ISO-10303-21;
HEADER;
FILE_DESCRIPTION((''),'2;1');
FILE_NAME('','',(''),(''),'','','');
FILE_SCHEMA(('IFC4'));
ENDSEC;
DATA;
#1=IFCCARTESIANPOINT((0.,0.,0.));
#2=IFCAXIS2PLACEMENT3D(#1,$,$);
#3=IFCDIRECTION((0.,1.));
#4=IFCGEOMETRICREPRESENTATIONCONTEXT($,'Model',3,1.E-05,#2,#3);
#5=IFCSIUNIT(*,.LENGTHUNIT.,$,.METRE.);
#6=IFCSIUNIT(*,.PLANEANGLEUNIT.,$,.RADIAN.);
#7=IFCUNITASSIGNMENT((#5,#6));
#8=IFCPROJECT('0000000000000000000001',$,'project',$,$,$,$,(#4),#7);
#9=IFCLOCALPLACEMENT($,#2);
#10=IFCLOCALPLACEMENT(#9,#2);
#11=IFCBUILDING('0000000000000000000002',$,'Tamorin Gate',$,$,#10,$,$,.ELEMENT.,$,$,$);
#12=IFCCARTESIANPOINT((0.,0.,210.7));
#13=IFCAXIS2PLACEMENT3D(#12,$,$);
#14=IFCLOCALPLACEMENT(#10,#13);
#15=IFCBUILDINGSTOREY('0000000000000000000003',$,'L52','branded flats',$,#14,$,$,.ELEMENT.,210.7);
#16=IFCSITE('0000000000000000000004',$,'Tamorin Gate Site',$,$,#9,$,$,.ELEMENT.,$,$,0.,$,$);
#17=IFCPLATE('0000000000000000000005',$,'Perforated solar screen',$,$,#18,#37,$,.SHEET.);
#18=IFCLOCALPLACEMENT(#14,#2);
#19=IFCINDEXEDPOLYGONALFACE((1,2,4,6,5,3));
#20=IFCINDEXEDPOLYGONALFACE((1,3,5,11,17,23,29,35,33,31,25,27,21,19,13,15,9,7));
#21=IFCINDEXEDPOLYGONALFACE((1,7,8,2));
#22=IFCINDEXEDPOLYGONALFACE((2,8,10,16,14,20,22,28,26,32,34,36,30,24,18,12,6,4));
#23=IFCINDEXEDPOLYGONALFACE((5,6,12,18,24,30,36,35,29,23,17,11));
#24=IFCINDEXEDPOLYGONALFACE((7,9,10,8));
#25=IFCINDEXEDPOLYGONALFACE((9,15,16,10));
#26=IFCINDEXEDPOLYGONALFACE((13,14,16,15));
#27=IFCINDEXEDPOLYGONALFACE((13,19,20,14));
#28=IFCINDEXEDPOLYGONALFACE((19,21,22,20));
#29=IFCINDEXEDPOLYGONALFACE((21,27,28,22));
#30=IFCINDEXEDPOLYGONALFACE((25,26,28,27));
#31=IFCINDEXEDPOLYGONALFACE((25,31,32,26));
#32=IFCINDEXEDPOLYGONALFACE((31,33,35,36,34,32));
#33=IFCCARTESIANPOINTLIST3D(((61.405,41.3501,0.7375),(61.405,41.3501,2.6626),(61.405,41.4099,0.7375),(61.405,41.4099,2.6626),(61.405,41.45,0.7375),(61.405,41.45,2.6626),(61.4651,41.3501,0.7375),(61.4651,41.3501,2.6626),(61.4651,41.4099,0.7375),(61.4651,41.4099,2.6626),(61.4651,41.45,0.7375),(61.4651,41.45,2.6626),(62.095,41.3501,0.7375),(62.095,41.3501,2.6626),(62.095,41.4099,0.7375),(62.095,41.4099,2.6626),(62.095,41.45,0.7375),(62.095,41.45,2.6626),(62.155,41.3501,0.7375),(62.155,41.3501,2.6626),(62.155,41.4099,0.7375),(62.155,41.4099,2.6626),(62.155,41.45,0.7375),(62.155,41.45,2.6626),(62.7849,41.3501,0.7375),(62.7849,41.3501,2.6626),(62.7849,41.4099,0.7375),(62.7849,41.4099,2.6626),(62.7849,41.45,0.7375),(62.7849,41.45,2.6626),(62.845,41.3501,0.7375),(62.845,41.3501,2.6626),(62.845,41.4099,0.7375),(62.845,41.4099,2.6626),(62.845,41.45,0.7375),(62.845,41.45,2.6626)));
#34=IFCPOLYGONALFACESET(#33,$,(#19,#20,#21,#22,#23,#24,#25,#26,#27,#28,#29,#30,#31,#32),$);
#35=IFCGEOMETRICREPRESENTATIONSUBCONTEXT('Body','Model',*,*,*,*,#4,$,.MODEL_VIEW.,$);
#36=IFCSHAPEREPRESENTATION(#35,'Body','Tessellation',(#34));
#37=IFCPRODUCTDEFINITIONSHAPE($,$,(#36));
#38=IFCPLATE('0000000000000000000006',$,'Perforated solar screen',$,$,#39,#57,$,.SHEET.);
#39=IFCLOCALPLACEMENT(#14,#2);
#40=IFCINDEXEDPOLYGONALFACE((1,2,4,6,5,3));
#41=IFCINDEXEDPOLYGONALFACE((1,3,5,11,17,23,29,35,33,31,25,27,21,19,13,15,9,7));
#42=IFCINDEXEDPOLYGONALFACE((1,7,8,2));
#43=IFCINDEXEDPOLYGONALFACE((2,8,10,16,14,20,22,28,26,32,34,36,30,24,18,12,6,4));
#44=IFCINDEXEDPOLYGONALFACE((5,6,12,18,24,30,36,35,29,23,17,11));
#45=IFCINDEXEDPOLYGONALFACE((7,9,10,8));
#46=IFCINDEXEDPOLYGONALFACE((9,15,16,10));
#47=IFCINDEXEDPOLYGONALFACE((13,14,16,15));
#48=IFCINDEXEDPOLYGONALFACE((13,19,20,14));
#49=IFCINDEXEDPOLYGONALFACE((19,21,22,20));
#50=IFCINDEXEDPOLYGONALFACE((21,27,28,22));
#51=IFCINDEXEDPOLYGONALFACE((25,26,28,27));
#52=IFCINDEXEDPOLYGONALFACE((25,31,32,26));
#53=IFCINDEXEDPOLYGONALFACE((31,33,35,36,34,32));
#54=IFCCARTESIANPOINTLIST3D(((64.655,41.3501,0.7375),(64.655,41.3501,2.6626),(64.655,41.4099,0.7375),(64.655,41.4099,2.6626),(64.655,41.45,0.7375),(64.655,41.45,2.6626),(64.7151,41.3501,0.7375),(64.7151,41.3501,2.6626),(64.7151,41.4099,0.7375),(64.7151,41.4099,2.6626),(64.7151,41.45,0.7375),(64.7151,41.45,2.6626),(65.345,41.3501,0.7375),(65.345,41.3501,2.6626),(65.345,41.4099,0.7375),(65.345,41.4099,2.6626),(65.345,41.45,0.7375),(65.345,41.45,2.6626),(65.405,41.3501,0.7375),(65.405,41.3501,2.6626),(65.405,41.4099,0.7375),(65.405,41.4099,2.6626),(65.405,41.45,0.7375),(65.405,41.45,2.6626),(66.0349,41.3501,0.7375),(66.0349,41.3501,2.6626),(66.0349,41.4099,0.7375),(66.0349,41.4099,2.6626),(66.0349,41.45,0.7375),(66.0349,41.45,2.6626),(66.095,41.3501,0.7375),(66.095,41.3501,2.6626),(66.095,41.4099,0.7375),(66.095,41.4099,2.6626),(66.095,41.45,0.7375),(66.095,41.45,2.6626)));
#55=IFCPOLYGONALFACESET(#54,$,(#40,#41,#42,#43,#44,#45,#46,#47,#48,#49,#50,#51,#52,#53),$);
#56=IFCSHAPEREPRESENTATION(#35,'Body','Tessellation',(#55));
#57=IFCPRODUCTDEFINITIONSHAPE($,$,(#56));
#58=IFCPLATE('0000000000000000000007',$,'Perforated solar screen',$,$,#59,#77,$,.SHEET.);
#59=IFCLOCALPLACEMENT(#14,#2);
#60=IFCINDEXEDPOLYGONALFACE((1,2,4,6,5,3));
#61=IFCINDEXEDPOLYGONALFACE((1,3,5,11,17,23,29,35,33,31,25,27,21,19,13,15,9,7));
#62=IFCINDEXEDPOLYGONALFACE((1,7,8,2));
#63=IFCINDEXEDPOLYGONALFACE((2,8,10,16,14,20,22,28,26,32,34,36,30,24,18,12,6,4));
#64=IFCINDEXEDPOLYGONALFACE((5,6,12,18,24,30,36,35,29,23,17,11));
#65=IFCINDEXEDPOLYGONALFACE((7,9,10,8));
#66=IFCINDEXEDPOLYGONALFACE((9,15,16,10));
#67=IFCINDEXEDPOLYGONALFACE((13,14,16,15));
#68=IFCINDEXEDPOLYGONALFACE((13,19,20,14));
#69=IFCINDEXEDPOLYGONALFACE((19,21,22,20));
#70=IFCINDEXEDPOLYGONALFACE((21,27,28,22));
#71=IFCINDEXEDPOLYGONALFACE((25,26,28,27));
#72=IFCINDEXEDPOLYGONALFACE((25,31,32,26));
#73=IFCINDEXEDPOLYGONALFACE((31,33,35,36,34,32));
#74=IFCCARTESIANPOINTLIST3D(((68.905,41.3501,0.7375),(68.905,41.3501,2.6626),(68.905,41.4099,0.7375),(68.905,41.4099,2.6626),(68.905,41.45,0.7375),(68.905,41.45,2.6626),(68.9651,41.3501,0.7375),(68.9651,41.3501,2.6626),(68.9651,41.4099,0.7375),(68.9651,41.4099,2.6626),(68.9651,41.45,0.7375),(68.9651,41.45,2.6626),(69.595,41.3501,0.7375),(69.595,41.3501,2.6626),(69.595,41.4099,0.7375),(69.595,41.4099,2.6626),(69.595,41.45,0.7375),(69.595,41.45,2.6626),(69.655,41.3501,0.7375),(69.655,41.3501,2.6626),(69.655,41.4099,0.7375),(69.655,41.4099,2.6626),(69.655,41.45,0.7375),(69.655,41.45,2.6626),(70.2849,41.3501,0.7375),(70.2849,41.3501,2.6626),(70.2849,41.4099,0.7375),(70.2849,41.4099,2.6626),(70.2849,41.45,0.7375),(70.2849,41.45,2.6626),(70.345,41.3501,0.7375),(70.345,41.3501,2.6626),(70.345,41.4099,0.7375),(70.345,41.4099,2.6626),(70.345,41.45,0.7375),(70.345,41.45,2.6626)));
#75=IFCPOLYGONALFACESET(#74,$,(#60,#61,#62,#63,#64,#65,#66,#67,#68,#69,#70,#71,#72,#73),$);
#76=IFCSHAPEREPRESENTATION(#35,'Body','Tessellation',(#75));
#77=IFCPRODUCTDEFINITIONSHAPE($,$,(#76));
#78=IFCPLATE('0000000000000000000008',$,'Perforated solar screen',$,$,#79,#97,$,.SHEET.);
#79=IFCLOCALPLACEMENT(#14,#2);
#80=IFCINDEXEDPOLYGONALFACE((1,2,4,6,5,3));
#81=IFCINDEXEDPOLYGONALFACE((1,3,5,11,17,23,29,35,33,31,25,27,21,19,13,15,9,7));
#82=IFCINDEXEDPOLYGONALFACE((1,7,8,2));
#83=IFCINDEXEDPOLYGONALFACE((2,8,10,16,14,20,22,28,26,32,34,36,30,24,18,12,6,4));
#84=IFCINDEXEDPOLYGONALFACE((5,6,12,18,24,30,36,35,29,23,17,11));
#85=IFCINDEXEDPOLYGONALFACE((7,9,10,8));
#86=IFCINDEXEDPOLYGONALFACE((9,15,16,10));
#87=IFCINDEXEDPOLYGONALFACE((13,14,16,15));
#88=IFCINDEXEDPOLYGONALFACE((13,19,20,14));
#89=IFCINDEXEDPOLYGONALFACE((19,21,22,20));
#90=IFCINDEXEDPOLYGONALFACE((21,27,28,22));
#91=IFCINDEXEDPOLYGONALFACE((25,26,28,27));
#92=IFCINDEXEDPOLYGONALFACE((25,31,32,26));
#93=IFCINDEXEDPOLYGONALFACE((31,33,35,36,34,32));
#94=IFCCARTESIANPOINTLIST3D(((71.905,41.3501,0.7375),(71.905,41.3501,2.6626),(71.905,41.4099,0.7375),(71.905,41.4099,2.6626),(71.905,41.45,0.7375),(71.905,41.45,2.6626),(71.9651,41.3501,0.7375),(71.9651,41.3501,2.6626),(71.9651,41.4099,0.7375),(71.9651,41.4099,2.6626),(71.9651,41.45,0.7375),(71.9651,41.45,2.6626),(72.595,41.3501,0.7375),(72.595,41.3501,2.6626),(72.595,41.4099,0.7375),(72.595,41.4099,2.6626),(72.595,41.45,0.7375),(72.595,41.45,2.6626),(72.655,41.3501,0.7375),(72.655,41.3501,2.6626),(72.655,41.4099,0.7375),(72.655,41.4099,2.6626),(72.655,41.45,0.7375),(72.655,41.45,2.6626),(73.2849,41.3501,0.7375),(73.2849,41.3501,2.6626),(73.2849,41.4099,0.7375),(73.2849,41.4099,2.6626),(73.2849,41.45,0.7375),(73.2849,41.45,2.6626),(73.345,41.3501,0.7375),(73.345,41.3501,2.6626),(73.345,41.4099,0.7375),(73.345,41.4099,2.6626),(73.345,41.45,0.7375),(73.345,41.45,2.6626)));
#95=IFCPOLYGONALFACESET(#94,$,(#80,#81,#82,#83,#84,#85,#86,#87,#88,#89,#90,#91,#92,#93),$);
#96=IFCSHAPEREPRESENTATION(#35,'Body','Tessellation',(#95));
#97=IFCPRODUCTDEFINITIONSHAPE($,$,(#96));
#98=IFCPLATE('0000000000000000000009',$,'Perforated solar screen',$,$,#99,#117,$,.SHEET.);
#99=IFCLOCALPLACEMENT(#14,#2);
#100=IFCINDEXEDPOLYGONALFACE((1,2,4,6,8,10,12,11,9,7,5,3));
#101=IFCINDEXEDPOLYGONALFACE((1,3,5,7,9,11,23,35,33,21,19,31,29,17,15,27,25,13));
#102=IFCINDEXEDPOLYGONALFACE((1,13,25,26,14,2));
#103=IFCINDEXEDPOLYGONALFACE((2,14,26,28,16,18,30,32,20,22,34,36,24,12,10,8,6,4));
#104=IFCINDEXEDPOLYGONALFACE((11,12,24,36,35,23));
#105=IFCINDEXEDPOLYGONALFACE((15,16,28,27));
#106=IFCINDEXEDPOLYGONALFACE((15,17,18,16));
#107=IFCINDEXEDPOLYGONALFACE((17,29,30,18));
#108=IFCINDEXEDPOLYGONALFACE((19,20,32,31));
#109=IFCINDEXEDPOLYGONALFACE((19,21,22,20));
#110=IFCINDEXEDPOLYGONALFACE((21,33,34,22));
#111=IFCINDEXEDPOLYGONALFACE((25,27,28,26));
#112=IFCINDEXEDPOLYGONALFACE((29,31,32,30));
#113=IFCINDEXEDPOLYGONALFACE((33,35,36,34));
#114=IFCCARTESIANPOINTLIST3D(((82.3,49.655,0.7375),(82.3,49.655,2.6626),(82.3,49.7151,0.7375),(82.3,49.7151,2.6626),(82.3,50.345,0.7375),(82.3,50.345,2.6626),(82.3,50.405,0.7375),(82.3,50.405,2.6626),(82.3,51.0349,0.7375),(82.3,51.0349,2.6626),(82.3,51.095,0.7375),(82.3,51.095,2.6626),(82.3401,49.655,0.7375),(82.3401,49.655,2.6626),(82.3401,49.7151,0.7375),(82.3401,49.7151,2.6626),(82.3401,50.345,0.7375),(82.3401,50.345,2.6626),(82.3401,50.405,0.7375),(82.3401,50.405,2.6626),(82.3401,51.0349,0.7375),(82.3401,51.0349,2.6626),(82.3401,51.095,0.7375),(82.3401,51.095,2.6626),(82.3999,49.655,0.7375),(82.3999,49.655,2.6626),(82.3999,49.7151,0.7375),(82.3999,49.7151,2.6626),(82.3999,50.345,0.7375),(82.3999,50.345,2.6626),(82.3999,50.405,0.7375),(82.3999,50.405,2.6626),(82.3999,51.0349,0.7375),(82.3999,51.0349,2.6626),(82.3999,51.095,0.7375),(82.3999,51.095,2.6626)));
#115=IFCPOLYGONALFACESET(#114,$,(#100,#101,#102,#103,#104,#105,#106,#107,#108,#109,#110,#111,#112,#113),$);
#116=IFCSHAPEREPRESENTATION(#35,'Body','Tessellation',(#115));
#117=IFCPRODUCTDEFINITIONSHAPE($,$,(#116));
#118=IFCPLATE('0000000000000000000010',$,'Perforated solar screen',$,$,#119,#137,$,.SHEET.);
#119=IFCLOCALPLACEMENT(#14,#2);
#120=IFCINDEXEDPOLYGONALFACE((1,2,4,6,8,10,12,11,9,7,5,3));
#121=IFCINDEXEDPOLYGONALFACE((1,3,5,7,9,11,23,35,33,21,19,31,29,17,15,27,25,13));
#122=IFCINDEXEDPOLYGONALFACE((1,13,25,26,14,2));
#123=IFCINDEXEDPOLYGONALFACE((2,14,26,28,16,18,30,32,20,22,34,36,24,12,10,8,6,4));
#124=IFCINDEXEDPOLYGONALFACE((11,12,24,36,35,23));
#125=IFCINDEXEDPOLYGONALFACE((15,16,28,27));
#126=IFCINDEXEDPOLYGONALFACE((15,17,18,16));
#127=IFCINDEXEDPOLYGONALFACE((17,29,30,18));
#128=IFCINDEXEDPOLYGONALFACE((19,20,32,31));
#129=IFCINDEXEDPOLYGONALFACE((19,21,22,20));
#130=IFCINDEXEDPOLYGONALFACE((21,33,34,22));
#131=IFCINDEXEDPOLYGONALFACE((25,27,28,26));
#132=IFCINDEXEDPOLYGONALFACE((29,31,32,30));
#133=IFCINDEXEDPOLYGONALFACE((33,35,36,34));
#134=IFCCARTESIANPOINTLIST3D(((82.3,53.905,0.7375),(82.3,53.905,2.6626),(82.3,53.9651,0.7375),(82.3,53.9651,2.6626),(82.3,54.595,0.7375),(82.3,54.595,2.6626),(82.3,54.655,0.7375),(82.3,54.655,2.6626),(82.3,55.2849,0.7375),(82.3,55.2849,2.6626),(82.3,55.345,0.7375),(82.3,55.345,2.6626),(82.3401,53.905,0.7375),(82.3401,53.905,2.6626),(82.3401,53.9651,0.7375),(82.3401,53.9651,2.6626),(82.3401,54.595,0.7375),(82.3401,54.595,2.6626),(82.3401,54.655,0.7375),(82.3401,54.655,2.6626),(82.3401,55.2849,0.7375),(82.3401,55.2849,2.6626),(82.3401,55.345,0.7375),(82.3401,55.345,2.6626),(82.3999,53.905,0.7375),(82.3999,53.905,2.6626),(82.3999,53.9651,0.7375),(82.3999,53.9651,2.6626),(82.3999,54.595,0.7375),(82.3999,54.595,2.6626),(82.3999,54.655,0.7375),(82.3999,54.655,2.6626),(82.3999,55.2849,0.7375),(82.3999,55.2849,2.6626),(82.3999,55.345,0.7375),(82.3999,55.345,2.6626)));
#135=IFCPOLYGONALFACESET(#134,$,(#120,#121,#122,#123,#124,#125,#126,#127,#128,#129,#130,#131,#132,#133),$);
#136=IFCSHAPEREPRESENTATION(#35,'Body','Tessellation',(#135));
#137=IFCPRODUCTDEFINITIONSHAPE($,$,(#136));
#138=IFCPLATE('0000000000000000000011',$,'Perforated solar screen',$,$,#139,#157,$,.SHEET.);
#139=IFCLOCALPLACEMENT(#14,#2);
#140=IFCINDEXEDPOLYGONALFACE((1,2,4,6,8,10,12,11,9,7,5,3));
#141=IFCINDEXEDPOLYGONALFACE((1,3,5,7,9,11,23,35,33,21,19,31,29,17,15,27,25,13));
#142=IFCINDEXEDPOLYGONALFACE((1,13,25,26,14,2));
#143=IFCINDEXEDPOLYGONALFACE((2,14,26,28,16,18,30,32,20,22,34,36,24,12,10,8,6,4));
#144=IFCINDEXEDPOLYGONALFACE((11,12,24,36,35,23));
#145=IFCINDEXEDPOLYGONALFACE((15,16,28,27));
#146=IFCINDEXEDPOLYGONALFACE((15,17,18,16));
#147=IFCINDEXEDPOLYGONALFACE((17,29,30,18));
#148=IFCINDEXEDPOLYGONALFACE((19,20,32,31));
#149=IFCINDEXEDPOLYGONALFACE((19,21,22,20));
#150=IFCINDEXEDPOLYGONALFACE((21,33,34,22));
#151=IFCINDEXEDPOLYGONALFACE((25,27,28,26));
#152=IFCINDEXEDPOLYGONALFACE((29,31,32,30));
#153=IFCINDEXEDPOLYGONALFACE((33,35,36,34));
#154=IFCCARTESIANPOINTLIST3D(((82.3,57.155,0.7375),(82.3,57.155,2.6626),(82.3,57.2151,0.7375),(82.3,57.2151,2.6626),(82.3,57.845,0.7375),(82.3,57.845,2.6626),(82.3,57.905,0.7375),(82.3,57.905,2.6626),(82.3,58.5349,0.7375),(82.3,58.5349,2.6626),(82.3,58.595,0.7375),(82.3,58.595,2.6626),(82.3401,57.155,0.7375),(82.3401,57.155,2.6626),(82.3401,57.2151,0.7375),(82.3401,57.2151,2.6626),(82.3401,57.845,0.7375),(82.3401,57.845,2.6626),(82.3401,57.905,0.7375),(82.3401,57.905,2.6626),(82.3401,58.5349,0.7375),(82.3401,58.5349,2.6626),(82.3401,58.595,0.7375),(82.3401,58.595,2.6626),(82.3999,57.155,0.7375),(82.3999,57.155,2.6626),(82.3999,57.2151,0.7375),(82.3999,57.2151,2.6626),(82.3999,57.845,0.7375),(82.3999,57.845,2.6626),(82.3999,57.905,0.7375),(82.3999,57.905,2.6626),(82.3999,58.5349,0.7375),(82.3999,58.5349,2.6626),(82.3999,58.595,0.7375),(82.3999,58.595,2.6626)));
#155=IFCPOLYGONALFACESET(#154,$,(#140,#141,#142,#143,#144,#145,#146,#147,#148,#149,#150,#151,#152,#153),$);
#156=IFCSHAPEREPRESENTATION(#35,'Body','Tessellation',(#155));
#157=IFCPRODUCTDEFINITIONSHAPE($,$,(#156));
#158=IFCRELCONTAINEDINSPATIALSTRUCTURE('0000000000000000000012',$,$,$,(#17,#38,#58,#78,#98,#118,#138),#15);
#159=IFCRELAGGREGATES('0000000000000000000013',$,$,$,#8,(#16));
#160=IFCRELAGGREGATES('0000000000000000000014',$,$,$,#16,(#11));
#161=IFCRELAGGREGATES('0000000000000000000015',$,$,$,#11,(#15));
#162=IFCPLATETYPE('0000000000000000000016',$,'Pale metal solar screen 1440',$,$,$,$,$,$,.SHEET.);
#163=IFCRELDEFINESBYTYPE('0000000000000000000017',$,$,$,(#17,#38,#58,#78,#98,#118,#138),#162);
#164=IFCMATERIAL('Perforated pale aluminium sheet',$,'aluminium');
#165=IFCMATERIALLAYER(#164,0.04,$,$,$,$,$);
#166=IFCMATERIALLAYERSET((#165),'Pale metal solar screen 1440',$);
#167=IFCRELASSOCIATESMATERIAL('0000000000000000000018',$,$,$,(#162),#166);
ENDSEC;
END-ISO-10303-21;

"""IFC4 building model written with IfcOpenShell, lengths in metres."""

from ifc_helpers import new_model, si_unit, direction, frame, origin, place, context, subcontext, project, spatial, polyline, outline, extrude, material, layer, layer_set, type_object, element, save


model = new_model("IFC4")

# Units and contexts
model_context = context("Model", 3, precision=1e-05, world=origin(), true_north=direction((0.0, 1.0)))
body_context = subcontext(model_context, "Body", "Model", "MODEL_VIEW")
ifc_project = project(units=[si_unit("LENGTHUNIT", "METRE"), si_unit("PLANEANGLEUNIT", "RADIAN")], contexts=[model_context])

# Site, building, storey
site_placement = place(None, origin())
site = spatial("IfcSite", under=ifc_project, at=site_placement, Name="Tamorin Gate Site", CompositionType="ELEMENT", RefElevation=0.0)
building_placement = place(site_placement, origin())
building = spatial("IfcBuilding", under=site, at=building_placement, Name="Tamorin Gate", CompositionType="ELEMENT")
storey_placement = place(building_placement, frame((0.0, 0.0, 210.7)))
storey = spatial("IfcBuildingStorey", under=building, at=storey_placement, Name="L52", Description="branded flats", CompositionType="ELEMENT", Elevation=210.7)

# Plates
ifc_material_1 = material(Name="Perforated pale aluminium sheet", Category="aluminium")
ifc_layer_1 = layer(ifc_material_1, 0.04)
ifc_layer_set_1 = layer_set([ifc_layer_1], Name="Pale metal solar screen 1440")
plate_type_1 = type_object("IfcPlateType", Name="Pale metal solar screen 1440", PredefinedType="SHEET", material=ifc_layer_set_1)
plate_1_placement = place(storey_placement, frame((0.0, 0.0, 0.7375)))
element("IfcPlate", 1, at=plate_1_placement, inside=storey, type_object=plate_type_1, Name="Perforated solar screen", PredefinedType="SHEET", context=body_context, shape_type="SweptSolid", body=[
    extrude(outline(polyline([(61.405, 41.4099), (61.405, 41.45), (61.4651, 41.45), (62.095, 41.45), (62.155, 41.45), (62.7849, 41.45), (62.845, 41.45), (62.845, 41.4099), (62.845, 41.3501), (62.7849, 41.3501), (62.7849, 41.4099), (62.155, 41.4099), (62.155, 41.3501), (62.095, 41.3501), (62.095, 41.4099), (61.4651, 41.4099), (61.4651, 41.3501), (61.405, 41.3501), (61.405, 41.4099)])), origin(), (0.0, 0.0, 1.0), 1.925),
])
plate_2_placement = place(storey_placement, frame((0.0, 0.0, 0.7375)))
element("IfcPlate", 2, at=plate_2_placement, inside=storey, type_object=plate_type_1, Name="Perforated solar screen", PredefinedType="SHEET", context=body_context, shape_type="SweptSolid", body=[
    extrude(outline(polyline([(64.655, 41.4099), (64.655, 41.45), (64.7151, 41.45), (65.345, 41.45), (65.405, 41.45), (66.0349, 41.45), (66.095, 41.45), (66.095, 41.4099), (66.095, 41.3501), (66.0349, 41.3501), (66.0349, 41.4099), (65.405, 41.4099), (65.405, 41.3501), (65.345, 41.3501), (65.345, 41.4099), (64.7151, 41.4099), (64.7151, 41.3501), (64.655, 41.3501), (64.655, 41.4099)])), origin(), (0.0, 0.0, 1.0), 1.925),
])
plate_3_placement = place(storey_placement, frame((0.0, 0.0, 0.7375)))
element("IfcPlate", 3, at=plate_3_placement, inside=storey, type_object=plate_type_1, Name="Perforated solar screen", PredefinedType="SHEET", context=body_context, shape_type="SweptSolid", body=[
    extrude(outline(polyline([(68.905, 41.4099), (68.905, 41.45), (68.9651, 41.45), (69.595, 41.45), (69.655, 41.45), (70.2849, 41.45), (70.345, 41.45), (70.345, 41.4099), (70.345, 41.3501), (70.2849, 41.3501), (70.2849, 41.4099), (69.655, 41.4099), (69.655, 41.3501), (69.595, 41.3501), (69.595, 41.4099), (68.9651, 41.4099), (68.9651, 41.3501), (68.905, 41.3501), (68.905, 41.4099)])), origin(), (0.0, 0.0, 1.0), 1.925),
])
plate_4_placement = place(storey_placement, frame((0.0, 0.0, 0.7375)))
element("IfcPlate", 4, at=plate_4_placement, inside=storey, type_object=plate_type_1, Name="Perforated solar screen", PredefinedType="SHEET", context=body_context, shape_type="SweptSolid", body=[
    extrude(outline(polyline([(71.905, 41.4099), (71.905, 41.45), (71.9651, 41.45), (72.595, 41.45), (72.655, 41.45), (73.2849, 41.45), (73.345, 41.45), (73.345, 41.4099), (73.345, 41.3501), (73.2849, 41.3501), (73.2849, 41.4099), (72.655, 41.4099), (72.655, 41.3501), (72.595, 41.3501), (72.595, 41.4099), (71.9651, 41.4099), (71.9651, 41.3501), (71.905, 41.3501), (71.905, 41.4099)])), origin(), (0.0, 0.0, 1.0), 1.925),
])
plate_5_placement = place(storey_placement, frame((0.0, 0.0, 0.7375)))
element("IfcPlate", 5, at=plate_5_placement, inside=storey, type_object=plate_type_1, Name="Perforated solar screen", PredefinedType="SHEET", context=body_context, shape_type="SweptSolid", body=[
    extrude(outline(polyline([(82.3401, 49.655), (82.3, 49.655), (82.3, 49.7151), (82.3, 50.345), (82.3, 50.405), (82.3, 51.0349), (82.3, 51.095), (82.3, 51.095), (82.3401, 51.095), (82.3401, 51.095), (82.3999, 51.095), (82.3999, 51.0349), (82.3401, 51.0349), (82.3401, 50.405), (82.3999, 50.405), (82.3999, 50.345), (82.3401, 50.345), (82.3401, 49.7151), (82.3999, 49.7151), (82.3999, 49.655), (82.3401, 49.655)])), origin(), (0.0, 0.0, 1.0), 1.925),
])
plate_6_placement = place(storey_placement, frame((0.0, 0.0, 0.7375)))
element("IfcPlate", 6, at=plate_6_placement, inside=storey, type_object=plate_type_1, Name="Perforated solar screen", PredefinedType="SHEET", context=body_context, shape_type="SweptSolid", body=[
    extrude(outline(polyline([(82.3401, 53.905), (82.3, 53.905), (82.3, 53.9651), (82.3, 54.595), (82.3, 54.655), (82.3, 55.2849), (82.3, 55.345), (82.3401, 55.345), (82.3999, 55.345), (82.3999, 55.2849), (82.3401, 55.2849), (82.3401, 54.655), (82.3999, 54.655), (82.3999, 54.595), (82.3401, 54.595), (82.3401, 53.9651), (82.3999, 53.9651), (82.3999, 53.905), (82.3401, 53.905)])), origin(), (0.0, 0.0, 1.0), 1.925),
])
plate_7_placement = place(storey_placement, frame((0.0, 0.0, 0.7375)))
element("IfcPlate", 7, at=plate_7_placement, inside=storey, type_object=plate_type_1, Name="Perforated solar screen", PredefinedType="SHEET", context=body_context, shape_type="SweptSolid", body=[
    extrude(outline(polyline([(82.3401, 57.155), (82.3, 57.155), (82.3, 57.2151), (82.3, 57.845), (82.3, 57.905), (82.3, 58.5349), (82.3, 58.595), (82.3401, 58.595), (82.3999, 58.595), (82.3999, 58.5349), (82.3401, 58.5349), (82.3401, 57.905), (82.3999, 57.905), (82.3999, 57.845), (82.3401, 57.845), (82.3401, 57.2151), (82.3999, 57.2151), (82.3999, 57.155), (82.3401, 57.155)])), origin(), (0.0, 0.0, 1.0), 1.925),
])

save(model, "model.ifc")
